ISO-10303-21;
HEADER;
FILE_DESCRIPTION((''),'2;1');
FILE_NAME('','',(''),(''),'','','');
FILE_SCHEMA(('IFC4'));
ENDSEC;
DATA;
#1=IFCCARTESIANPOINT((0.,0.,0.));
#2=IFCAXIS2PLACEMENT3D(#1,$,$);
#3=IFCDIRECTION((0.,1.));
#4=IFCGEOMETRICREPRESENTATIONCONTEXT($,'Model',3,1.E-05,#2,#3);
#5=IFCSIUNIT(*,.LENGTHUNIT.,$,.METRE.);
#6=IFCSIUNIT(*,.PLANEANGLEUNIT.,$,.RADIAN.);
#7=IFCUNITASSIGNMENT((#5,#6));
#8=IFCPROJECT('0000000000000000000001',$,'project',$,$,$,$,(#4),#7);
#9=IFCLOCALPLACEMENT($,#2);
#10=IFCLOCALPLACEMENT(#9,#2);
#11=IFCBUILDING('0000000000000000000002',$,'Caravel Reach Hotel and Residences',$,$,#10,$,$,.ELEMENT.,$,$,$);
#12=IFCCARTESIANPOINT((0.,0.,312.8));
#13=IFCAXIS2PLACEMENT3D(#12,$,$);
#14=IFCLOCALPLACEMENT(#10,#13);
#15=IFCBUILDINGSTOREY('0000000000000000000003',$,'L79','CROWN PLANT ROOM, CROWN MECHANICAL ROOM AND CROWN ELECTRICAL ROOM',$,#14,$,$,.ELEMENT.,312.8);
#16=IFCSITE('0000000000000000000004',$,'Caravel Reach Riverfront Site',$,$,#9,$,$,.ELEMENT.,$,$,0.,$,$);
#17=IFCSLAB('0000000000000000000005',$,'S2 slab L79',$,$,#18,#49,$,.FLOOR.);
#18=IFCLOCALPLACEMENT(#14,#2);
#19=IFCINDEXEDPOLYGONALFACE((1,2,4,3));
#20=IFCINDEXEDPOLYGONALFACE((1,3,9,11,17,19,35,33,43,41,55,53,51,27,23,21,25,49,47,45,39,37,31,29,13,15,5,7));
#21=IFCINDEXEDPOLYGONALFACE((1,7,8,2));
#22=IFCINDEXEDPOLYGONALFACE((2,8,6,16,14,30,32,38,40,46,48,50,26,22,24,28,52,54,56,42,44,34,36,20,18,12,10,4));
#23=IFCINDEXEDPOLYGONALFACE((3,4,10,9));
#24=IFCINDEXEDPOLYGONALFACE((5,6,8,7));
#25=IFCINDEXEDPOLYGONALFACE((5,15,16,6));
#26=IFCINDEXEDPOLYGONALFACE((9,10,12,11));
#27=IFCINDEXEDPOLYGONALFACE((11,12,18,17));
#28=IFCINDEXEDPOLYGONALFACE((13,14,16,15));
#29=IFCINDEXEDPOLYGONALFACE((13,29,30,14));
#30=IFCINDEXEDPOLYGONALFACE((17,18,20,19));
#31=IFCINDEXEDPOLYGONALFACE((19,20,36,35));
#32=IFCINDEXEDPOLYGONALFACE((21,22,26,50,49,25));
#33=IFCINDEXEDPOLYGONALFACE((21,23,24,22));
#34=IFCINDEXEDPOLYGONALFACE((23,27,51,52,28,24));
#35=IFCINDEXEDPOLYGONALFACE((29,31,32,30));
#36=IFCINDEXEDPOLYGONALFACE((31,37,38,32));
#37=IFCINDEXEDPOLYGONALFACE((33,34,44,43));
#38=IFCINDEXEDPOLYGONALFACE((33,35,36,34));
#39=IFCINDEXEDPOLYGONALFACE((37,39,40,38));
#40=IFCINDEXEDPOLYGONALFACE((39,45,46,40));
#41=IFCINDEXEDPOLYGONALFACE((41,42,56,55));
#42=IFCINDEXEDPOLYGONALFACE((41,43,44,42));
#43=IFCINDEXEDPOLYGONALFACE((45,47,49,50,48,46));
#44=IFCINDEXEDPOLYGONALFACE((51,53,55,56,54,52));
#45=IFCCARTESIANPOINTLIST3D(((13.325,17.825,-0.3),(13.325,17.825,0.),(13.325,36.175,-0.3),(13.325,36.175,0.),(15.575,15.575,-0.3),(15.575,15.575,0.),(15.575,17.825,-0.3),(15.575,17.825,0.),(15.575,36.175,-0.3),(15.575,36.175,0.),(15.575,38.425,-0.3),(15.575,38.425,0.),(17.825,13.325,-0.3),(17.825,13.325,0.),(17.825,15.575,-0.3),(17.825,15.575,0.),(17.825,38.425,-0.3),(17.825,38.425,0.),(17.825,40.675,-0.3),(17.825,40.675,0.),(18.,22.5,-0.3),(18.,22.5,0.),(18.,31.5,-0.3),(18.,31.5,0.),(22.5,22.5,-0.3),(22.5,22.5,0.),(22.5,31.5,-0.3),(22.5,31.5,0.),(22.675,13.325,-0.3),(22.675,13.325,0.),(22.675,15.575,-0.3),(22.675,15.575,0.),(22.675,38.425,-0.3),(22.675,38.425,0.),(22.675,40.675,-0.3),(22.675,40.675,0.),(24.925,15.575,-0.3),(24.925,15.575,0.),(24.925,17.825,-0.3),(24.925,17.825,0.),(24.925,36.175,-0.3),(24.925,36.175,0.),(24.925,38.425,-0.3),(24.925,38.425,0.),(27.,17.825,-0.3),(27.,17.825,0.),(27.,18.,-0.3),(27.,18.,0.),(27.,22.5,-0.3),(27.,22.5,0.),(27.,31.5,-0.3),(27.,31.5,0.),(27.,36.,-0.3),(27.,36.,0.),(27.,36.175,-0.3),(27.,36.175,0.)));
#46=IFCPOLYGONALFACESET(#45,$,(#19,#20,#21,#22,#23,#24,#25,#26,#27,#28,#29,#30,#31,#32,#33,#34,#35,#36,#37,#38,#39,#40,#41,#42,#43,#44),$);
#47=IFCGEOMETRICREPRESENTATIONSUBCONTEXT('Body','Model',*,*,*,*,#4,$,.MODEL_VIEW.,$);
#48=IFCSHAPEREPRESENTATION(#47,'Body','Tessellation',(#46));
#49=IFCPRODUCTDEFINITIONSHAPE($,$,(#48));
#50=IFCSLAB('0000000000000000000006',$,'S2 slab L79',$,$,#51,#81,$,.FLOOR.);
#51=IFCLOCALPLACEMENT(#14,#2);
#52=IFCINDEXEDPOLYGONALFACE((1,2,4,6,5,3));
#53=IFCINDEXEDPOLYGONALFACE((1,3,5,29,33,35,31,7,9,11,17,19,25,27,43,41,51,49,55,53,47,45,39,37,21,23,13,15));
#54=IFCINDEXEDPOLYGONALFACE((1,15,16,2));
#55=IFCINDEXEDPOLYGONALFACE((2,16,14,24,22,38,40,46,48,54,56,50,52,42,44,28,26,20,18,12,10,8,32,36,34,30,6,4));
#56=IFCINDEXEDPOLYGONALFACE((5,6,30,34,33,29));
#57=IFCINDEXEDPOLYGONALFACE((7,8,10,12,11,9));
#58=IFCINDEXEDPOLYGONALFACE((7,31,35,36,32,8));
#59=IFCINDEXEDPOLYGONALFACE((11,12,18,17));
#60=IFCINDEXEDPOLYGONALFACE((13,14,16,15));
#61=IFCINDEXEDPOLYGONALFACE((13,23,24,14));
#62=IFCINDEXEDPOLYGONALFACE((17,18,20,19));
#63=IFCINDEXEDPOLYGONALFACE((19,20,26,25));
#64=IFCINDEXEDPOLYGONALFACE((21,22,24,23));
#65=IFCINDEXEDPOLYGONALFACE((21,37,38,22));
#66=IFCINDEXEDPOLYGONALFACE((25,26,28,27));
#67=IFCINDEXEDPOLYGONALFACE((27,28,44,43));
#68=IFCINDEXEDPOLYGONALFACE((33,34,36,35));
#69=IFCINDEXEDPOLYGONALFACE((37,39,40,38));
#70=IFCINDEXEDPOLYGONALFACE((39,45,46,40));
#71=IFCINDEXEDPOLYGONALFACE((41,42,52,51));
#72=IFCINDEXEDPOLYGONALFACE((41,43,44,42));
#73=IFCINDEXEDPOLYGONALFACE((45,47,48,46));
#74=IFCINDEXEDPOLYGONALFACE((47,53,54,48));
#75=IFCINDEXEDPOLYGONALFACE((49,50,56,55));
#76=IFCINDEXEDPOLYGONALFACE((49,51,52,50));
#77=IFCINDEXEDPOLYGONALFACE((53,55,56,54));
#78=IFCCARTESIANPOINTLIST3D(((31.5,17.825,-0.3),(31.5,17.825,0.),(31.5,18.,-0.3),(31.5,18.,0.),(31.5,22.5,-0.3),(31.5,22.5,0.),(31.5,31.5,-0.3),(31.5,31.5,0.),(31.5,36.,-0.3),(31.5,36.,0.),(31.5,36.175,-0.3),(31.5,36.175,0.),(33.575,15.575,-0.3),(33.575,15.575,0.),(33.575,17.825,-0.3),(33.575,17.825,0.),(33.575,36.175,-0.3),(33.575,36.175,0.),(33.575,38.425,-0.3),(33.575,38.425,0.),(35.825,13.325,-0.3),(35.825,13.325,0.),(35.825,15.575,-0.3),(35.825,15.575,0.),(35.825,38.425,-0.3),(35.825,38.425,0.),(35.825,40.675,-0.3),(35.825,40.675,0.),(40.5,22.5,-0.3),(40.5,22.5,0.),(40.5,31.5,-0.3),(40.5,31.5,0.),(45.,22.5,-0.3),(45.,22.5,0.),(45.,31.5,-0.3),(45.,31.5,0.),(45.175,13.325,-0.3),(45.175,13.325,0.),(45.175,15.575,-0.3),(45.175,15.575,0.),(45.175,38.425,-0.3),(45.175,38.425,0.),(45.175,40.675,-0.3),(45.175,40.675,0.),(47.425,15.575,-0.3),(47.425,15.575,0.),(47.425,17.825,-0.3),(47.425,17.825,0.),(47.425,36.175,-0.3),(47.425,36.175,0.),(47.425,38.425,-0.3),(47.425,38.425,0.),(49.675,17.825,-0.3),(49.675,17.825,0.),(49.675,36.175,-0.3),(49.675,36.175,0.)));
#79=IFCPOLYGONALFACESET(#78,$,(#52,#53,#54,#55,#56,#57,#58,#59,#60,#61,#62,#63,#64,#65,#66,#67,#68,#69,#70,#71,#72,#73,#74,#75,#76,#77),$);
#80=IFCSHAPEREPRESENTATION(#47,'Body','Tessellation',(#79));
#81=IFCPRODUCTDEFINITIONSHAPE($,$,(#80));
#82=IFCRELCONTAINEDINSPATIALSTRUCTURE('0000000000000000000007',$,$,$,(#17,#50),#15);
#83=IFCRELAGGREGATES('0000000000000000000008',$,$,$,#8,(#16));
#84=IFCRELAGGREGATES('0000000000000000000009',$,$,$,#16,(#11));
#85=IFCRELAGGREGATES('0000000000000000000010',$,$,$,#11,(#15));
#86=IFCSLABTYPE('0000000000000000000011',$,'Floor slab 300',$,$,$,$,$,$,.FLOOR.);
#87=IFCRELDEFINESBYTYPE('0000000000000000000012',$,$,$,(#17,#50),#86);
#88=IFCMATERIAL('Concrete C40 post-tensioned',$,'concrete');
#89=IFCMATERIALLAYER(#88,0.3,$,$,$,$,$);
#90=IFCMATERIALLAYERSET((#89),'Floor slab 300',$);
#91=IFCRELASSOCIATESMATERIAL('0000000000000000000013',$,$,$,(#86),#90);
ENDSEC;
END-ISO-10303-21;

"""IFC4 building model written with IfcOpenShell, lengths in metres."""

from ifc_helpers import new_model, si_unit, direction, frame, origin, place, context, subcontext, project, spatial, polyline, outline, extrude, material, layer, layer_set, type_object, element, save


model = new_model("IFC4")

# Units and contexts
model_context = context("Model", 3, precision=1e-05, world=origin(), true_north=direction((0.0, 1.0)))
body_context = subcontext(model_context, "Body", "Model", "MODEL_VIEW")
ifc_project = project(units=[si_unit("LENGTHUNIT", "METRE"), si_unit("PLANEANGLEUNIT", "RADIAN")], contexts=[model_context])

# Site, building, storey
site_placement = place(None, origin())
site = spatial("IfcSite", under=ifc_project, at=site_placement, Name="Caravel Reach Riverfront Site", CompositionType="ELEMENT", RefElevation=0.0)
building_placement = place(site_placement, origin())
building = spatial("IfcBuilding", under=site, at=building_placement, Name="Caravel Reach Hotel and Residences", CompositionType="ELEMENT")
storey_placement = place(building_placement, frame((0.0, 0.0, 312.8)))
storey = spatial("IfcBuildingStorey", under=building, at=storey_placement, Name="L79", Description="CROWN PLANT ROOM, CROWN MECHANICAL ROOM AND CROWN ELECTRICAL ROOM", CompositionType="ELEMENT", Elevation=312.8)

# Slabs
ifc_material_1 = material(Name="Concrete C40 post-tensioned", Category="concrete")
ifc_layer_1 = layer(ifc_material_1, 0.3)
ifc_layer_set_1 = layer_set([ifc_layer_1], Name="Floor slab 300")
slab_type_1 = type_object("IfcSlabType", Name="Floor slab 300", PredefinedType="FLOOR", material=ifc_layer_set_1)
slab_1_placement = place(storey_placement, frame((0.0, 0.0, -0.3)))
element("IfcSlab", 1, at=slab_1_placement, inside=storey, type_object=slab_type_1, Name="S2 slab L79", PredefinedType="FLOOR", context=body_context, shape_type="SweptSolid", body=[
    extrude(outline(polyline([(13.325, 36.175), (15.575, 36.175), (15.575, 38.425), (17.825, 38.425), (17.825, 40.675), (22.675, 40.675), (22.675, 38.425), (24.925, 38.425), (24.925, 36.175), (27.0, 36.175), (27.0, 36.0), (27.0, 31.5), (22.5, 31.5), (18.0, 31.5), (18.0, 22.5), (22.5, 22.5), (27.0, 22.5), (27.0, 18.0), (27.0, 17.825), (24.925, 17.825), (24.925, 15.575), (22.675, 15.575), (22.675, 13.325), (17.825, 13.325), (17.825, 15.575), (15.575, 15.575), (15.575, 17.825), (13.325, 17.825), (13.325, 36.175)])), origin(), (0.0, 0.0, 1.0), 0.3),
])
slab_2_placement = place(storey_placement, frame((0.0, 0.0, -0.3)))
element("IfcSlab", 2, at=slab_2_placement, inside=storey, type_object=slab_type_1, Name="S2 slab L79", PredefinedType="FLOOR", context=body_context, shape_type="SweptSolid", body=[
    extrude(outline(polyline([(35.825, 38.425), (35.825, 40.675), (45.175, 40.675), (45.175, 38.425), (47.425, 38.425), (47.425, 36.175), (49.675, 36.175), (49.675, 17.825), (47.425, 17.825), (47.425, 15.575), (45.175, 15.575), (45.175, 13.325), (35.825, 13.325), (35.825, 15.575), (33.575, 15.575), (33.575, 17.825), (31.5, 17.825), (31.5, 18.0), (31.5, 22.5), (40.5, 22.5), (45.0, 22.5), (45.0, 31.5), (40.5, 31.5), (31.5, 31.5), (31.5, 36.0), (31.5, 36.175), (33.575, 36.175), (33.575, 38.425), (35.825, 38.425)])), origin(), (0.0, 0.0, 1.0), 0.3),
])

save(model, "model.ifc")
